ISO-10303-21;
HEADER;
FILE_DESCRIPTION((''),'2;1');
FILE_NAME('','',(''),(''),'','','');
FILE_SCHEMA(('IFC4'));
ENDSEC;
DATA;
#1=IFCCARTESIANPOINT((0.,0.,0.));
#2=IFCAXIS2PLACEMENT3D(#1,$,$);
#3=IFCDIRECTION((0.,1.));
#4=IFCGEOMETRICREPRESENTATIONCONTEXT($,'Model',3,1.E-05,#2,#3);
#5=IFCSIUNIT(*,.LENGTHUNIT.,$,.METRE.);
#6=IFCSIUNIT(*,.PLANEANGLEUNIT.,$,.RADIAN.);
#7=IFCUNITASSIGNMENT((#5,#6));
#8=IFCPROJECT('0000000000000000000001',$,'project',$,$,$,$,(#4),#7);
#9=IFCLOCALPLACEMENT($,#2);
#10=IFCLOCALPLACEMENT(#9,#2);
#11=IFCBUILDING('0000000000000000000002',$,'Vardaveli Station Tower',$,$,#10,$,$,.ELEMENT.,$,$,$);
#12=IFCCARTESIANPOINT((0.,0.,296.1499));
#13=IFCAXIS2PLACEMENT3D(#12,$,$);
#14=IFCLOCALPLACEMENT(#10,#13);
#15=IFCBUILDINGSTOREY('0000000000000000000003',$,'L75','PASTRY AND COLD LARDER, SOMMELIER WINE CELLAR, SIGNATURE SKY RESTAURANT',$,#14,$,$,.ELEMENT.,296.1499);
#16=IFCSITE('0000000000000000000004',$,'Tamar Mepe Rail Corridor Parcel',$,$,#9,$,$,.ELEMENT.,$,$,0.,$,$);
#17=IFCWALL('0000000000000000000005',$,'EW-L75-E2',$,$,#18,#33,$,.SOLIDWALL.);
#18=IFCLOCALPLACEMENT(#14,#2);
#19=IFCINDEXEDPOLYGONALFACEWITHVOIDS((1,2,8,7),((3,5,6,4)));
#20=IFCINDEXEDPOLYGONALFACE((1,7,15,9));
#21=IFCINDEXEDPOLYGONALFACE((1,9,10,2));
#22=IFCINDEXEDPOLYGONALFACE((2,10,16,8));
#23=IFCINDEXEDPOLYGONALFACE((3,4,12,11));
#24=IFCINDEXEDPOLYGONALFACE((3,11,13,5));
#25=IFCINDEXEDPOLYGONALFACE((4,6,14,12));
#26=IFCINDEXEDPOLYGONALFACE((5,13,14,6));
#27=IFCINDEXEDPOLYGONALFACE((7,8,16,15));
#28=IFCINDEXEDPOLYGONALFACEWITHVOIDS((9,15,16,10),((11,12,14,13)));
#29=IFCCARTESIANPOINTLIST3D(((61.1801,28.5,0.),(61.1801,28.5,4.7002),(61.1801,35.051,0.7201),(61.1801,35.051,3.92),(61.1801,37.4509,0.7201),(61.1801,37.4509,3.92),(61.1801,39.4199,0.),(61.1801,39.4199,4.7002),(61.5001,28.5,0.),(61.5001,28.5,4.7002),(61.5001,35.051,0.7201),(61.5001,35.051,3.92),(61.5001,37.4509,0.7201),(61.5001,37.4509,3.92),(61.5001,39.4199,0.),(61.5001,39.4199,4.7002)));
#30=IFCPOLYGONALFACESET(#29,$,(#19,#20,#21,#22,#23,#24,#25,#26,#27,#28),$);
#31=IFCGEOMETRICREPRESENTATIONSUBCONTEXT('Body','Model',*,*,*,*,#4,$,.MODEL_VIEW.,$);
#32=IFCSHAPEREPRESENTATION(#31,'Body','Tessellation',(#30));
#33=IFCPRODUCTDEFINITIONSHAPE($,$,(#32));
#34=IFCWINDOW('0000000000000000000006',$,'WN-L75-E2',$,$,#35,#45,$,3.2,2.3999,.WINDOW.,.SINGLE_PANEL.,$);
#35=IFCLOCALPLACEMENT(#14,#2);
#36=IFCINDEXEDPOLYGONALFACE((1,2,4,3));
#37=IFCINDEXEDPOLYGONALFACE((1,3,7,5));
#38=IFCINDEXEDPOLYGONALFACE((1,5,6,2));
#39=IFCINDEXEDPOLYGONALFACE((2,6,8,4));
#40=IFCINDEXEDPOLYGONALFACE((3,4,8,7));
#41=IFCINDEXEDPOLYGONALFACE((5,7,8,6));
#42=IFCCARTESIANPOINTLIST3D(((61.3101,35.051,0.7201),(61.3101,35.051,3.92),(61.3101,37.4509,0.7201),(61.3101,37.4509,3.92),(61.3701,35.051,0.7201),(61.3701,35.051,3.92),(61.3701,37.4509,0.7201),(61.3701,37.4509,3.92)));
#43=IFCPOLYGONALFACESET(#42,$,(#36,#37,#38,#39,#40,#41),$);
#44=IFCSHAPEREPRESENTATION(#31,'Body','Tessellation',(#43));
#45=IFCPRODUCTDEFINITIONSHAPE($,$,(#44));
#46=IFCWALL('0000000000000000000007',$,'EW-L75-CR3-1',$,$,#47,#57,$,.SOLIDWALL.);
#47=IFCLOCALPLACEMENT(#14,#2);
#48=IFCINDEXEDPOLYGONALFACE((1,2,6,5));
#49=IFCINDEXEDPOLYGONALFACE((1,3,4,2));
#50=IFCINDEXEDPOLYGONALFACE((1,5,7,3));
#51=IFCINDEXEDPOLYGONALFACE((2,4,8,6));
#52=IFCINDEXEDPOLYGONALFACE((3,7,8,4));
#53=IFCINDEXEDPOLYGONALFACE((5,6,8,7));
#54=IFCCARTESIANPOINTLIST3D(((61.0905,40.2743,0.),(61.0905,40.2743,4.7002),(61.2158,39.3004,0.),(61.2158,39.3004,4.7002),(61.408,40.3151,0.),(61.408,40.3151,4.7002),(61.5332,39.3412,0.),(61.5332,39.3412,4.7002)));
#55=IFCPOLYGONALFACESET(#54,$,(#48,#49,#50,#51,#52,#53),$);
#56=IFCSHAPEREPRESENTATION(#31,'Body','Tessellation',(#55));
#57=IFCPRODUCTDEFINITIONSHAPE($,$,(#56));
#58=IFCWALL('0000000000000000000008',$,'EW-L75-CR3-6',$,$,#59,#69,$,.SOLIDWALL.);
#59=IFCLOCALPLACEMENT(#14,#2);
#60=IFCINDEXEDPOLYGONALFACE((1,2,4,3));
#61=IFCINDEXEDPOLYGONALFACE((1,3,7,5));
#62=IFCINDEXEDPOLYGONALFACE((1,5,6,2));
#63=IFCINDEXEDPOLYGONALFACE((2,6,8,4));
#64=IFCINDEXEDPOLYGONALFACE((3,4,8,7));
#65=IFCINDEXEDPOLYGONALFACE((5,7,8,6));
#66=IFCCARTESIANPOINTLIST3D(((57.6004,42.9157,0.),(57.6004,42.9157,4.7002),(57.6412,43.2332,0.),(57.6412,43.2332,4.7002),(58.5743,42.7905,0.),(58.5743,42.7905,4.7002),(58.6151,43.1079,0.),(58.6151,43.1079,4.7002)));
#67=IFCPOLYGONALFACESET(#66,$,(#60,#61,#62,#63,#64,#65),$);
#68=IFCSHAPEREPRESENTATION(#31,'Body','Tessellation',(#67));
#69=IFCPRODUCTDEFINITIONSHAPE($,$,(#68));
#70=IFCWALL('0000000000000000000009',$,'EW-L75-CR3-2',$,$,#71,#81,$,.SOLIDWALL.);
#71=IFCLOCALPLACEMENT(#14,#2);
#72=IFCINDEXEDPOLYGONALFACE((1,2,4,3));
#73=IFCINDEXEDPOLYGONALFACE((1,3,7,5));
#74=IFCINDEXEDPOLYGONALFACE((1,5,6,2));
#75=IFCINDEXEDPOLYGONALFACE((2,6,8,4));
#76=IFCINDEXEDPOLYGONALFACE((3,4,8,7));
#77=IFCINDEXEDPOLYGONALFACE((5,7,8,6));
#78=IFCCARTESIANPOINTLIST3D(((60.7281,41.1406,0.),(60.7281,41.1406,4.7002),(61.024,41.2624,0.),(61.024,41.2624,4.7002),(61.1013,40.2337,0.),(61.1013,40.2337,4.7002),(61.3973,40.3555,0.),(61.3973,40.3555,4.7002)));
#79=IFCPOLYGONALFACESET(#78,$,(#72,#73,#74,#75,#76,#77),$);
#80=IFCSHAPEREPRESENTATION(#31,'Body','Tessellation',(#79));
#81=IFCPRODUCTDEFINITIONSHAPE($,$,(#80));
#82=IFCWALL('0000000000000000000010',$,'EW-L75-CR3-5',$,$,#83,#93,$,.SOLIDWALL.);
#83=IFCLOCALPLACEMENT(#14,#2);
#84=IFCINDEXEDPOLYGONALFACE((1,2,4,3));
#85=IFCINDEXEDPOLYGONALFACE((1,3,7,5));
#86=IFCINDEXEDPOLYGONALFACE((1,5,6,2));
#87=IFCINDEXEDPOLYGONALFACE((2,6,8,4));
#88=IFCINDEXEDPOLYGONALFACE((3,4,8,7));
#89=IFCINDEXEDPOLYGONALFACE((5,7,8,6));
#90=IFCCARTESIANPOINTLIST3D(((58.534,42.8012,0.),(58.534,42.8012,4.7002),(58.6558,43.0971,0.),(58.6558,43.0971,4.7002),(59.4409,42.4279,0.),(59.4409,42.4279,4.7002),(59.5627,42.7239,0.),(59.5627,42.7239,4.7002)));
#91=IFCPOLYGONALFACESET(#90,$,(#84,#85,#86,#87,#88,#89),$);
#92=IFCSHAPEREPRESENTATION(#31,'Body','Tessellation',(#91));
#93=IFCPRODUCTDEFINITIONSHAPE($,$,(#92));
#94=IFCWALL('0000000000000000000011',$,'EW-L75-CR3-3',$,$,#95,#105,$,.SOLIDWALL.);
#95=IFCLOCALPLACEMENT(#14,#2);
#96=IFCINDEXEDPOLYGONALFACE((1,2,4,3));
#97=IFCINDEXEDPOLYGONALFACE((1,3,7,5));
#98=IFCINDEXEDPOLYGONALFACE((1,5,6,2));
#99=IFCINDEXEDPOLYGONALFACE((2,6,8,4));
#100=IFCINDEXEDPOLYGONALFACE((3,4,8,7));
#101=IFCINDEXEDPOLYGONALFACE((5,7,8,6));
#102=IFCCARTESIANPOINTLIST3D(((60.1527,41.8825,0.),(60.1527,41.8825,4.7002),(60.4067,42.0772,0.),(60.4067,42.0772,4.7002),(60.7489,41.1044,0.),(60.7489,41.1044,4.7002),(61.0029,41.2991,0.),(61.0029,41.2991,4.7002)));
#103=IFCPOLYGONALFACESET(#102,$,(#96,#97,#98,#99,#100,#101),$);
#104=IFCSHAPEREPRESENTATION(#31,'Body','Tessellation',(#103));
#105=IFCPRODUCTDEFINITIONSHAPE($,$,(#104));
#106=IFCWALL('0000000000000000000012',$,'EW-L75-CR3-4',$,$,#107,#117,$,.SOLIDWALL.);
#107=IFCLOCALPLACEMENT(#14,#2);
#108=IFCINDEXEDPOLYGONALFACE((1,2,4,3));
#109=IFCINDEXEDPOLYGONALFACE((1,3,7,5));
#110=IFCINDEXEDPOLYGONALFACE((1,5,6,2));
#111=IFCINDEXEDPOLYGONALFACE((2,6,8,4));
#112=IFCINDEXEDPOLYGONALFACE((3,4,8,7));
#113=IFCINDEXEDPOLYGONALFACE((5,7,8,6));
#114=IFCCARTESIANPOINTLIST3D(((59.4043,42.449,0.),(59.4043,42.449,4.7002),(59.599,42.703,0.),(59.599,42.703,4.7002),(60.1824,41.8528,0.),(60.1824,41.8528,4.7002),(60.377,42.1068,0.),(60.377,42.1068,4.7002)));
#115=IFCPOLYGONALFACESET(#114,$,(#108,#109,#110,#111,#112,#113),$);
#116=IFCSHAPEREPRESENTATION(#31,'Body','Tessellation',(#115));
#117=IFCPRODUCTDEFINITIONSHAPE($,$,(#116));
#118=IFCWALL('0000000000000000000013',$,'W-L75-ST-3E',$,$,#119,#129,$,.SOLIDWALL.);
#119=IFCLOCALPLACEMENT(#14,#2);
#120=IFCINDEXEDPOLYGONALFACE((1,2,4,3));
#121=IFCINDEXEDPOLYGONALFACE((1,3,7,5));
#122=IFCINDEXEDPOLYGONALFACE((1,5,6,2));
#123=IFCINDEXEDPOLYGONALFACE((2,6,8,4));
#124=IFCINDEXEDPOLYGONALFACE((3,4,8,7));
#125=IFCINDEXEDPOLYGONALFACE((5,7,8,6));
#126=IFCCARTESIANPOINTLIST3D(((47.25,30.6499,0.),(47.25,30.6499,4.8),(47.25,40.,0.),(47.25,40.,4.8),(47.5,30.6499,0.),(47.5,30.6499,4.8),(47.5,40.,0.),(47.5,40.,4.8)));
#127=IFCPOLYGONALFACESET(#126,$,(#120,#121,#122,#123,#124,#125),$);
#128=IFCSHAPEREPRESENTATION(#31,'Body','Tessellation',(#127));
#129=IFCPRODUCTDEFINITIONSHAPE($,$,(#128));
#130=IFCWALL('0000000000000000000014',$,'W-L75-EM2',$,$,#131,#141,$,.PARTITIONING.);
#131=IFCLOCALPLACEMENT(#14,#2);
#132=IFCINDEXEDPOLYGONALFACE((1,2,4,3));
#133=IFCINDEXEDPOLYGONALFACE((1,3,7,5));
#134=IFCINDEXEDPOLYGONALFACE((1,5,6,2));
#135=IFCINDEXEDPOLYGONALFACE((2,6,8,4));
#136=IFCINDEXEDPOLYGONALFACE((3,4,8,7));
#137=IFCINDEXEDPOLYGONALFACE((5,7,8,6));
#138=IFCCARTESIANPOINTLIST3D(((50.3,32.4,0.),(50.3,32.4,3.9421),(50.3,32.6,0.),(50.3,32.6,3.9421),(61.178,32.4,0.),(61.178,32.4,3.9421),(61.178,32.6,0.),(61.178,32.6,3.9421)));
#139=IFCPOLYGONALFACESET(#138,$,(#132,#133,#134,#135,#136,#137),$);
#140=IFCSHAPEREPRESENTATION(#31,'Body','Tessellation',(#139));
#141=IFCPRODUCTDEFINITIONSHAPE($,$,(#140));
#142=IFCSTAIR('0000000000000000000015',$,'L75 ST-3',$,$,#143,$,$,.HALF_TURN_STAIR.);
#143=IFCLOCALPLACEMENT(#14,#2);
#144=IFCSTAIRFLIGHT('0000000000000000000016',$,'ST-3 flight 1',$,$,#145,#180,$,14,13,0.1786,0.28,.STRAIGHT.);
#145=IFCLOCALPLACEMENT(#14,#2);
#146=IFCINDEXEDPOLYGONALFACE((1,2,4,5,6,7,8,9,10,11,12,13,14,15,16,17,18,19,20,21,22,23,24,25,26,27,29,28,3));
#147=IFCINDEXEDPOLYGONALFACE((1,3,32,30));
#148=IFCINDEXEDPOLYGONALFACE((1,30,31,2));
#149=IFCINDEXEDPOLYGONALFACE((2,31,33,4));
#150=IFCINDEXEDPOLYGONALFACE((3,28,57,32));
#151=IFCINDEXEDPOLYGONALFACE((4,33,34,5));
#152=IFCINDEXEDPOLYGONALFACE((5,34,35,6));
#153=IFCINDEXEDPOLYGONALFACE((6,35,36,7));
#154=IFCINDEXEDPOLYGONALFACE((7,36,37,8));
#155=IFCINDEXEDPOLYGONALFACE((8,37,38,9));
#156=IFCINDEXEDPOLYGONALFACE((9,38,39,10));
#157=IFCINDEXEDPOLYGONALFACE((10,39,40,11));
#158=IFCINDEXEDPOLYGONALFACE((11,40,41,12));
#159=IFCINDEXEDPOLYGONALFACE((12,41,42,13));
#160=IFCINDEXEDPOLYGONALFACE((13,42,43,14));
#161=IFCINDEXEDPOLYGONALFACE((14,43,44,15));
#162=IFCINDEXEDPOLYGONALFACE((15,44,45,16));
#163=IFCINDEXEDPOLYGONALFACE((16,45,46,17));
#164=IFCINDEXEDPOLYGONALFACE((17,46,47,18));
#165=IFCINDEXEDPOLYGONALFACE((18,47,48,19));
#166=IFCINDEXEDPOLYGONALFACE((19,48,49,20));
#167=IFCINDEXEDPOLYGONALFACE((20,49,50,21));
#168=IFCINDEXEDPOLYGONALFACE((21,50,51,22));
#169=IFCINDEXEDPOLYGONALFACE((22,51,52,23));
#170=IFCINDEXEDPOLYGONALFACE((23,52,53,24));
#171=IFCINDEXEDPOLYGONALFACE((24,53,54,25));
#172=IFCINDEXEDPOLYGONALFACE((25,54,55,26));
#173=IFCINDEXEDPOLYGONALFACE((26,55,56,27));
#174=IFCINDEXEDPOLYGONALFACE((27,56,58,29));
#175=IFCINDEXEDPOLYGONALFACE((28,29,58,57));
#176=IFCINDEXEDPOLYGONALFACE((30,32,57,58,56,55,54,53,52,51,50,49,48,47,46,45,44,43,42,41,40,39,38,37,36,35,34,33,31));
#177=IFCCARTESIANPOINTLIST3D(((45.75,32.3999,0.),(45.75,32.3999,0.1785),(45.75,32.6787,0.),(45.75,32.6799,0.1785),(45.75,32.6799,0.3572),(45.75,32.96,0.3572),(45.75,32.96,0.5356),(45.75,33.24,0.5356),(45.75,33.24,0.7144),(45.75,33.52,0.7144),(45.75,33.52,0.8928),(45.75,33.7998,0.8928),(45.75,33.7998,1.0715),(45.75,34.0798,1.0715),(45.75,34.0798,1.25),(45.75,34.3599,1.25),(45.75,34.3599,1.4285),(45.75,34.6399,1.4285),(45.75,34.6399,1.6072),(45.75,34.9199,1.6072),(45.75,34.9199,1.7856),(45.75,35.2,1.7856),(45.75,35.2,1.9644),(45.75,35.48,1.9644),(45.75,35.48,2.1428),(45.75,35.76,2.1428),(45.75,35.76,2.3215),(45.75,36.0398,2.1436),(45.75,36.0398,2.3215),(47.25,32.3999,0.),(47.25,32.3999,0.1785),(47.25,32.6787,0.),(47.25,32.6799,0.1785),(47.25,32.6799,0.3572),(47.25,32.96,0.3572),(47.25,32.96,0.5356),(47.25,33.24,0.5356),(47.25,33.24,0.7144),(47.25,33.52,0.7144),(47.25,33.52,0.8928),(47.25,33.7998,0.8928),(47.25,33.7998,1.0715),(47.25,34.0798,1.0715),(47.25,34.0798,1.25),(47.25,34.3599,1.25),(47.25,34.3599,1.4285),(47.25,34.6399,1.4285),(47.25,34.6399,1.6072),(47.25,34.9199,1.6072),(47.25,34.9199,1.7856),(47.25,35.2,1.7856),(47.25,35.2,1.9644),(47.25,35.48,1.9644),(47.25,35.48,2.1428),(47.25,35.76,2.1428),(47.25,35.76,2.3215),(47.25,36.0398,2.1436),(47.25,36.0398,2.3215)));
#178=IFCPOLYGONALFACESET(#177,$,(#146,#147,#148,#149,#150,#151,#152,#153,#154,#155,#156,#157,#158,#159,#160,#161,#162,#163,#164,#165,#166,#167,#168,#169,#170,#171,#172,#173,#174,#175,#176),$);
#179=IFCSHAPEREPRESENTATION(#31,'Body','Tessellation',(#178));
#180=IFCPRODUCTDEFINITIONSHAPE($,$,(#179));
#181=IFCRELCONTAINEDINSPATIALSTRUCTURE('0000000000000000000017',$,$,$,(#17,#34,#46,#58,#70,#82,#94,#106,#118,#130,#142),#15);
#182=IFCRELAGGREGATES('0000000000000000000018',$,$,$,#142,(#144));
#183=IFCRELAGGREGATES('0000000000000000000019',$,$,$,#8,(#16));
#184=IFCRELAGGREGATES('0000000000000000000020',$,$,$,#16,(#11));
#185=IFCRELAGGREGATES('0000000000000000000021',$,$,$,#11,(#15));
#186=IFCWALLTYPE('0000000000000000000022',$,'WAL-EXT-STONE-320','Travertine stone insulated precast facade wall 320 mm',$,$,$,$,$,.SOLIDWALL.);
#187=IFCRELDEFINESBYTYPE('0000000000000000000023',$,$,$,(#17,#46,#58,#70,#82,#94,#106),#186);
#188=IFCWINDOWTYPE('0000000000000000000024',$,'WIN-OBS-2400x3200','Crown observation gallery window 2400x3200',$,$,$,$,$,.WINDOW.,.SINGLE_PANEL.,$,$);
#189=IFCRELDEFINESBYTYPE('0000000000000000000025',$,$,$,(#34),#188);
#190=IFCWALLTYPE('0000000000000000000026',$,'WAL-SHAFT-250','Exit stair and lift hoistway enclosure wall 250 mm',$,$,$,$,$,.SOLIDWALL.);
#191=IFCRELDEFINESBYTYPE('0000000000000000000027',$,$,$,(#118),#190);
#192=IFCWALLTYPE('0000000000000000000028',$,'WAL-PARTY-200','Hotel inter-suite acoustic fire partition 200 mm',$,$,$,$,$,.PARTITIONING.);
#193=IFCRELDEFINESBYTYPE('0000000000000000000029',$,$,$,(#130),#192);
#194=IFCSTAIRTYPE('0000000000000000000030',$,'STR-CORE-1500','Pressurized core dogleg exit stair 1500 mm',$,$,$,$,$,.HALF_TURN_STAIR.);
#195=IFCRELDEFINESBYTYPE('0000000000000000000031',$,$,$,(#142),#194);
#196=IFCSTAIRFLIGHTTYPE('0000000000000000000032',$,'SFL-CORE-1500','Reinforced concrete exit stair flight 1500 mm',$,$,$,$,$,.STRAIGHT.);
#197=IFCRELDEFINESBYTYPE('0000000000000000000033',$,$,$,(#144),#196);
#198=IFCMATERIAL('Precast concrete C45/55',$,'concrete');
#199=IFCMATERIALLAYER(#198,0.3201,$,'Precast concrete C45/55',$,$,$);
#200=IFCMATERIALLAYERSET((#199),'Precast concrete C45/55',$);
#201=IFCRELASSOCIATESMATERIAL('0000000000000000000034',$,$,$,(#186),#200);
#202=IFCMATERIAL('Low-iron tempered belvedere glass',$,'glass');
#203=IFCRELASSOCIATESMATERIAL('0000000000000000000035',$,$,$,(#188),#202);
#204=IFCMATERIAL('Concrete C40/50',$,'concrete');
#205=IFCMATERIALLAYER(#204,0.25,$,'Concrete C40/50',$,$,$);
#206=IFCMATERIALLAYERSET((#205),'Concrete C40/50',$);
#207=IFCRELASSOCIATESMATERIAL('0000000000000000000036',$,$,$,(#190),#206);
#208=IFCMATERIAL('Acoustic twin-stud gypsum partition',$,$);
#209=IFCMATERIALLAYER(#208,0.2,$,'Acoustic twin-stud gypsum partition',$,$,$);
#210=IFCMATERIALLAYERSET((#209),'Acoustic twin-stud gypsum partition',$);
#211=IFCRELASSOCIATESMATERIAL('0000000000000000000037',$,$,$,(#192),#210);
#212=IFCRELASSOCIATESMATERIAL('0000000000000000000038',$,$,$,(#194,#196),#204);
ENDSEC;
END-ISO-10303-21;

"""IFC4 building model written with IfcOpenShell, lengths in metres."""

from ifc_helpers import new_model, si_unit, direction, frame, frame_2d, origin, place, context, subcontext, project, spatial, polyline, rectangle, outline, extrude, source, transform, mapped, material, layer, layer_set, type_object, element, fill, aggregate, save


model = new_model("IFC4")

# Units and contexts
model_context = context("Model", 3, precision=1e-05, world=origin(), true_north=direction((0.0, 1.0)))
body_context = subcontext(model_context, "Body", "Model", "MODEL_VIEW")
ifc_project = project(units=[si_unit("LENGTHUNIT", "METRE"), si_unit("PLANEANGLEUNIT", "RADIAN")], contexts=[model_context])

# Site, building, storey
site_placement = place(None, origin())
site = spatial("IfcSite", under=ifc_project, at=site_placement, Name="Tamar Mepe Rail Corridor Parcel", CompositionType="ELEMENT", RefElevation=0.0)
building_placement = place(site_placement, origin())
building = spatial("IfcBuilding", under=site, at=building_placement, Name="Vardaveli Station Tower", CompositionType="ELEMENT")
storey_placement = place(building_placement, frame((0.0, 0.0, 296.1499)))
storey = spatial("IfcBuildingStorey", under=building, at=storey_placement, Name="L75", Description="PASTRY AND COLD LARDER, SOMMELIER WINE CELLAR, SIGNATURE SKY RESTAURANT", CompositionType="ELEMENT", Elevation=296.1499)

# Shared definitions
ifc_material_1 = material(Name="Precast concrete C45/55", Category="concrete")

# Wall, opening, window
ifc_layer_1 = layer(ifc_material_1, 0.3201, Name="Precast concrete C45/55")
ifc_layer_set_1 = layer_set([ifc_layer_1], Name="Precast concrete C45/55")
wall_type_1 = type_object("IfcWallType", Name="WAL-EXT-STONE-320", Description="Travertine stone insulated precast facade wall 320 mm", PredefinedType="SOLIDWALL", material=ifc_layer_set_1)
shared_shape_1 = source(origin(), body_context, "Body", "SweptSolid", [
    extrude(rectangle(XDim=10.9199, YDim=0.3201, at=frame_2d((5.46, 0.0))), origin(), (0.0, 0.0, 1.0), 4.7002),
])
shared_shape_2 = source(origin(), body_context, "Body", "SweptSolid", [
    extrude(rectangle(XDim=2.3999, YDim=3.2, at=frame_2d((1.2, 1.6001))), frame((0.0, 0.1699, 0.0), z_axis=(0.0, -1.0, 0.0), x_axis=(1.0, 0.0, 0.0)), (0.0, 0.0, 1.0), 0.3401),
])
ifc_material_2 = material(Name="Low-iron tempered belvedere glass", Category="glass")
window_type = type_object("IfcWindowType", Name="WIN-OBS-2400x3200", Description="Crown observation gallery window 2400x3200", PartitioningType="SINGLE_PANEL", PredefinedType="WINDOW", material=ifc_material_2)
shared_shape_3 = source(origin(), body_context, "Body", "SweptSolid", [
    extrude(rectangle(XDim=2.3999, YDim=3.2, at=frame_2d((1.2, 1.6001))), frame((0.0, 0.03, 0.0), z_axis=(0.0, -1.0, 0.0), x_axis=(1.0, 0.0, 0.0)), (0.0, 0.0, 1.0), 0.0601),
])
wall_1_placement = place(storey_placement, frame((61.3401, 28.5, 0.0), z_axis=(0.0, 0.0, 1.0), x_axis=(0.0, 1.0, 0.0)))
wall_1 = element("IfcWall", 1, at=wall_1_placement, inside=storey, type_object=wall_type_1, Name="EW-L75-E2", PredefinedType="SOLIDWALL", context=body_context, shape_type="MappedRepresentation", body=[
    mapped(shared_shape_1, transform((0.0, 0.0, 0.0), scale=1.0)),
])
opening_1_placement = place(wall_1_placement, frame((6.551, 0.0, 0.72)))
opening_1 = element("IfcOpeningElement", 2, at=opening_1_placement, cuts=wall_1, PredefinedType="OPENING", context=body_context, shape_type="MappedRepresentation", body=[
    mapped(shared_shape_2, transform((0.0, 0.0, 0.0), scale=1.0)),
])
window_1_placement = place(opening_1_placement, origin())
window_1 = element("IfcWindow", 3, at=window_1_placement, inside=storey, type_object=window_type, Name="WN-L75-E2", OverallHeight=3.2, OverallWidth=2.3999, PartitioningType="SINGLE_PANEL", PredefinedType="WINDOW", context=body_context, shape_type="MappedRepresentation", body=[
    mapped(shared_shape_3, transform((0.0, 0.0, 0.0), scale=1.0)),
])
fill(opening_1, window_1)

# Walls
shared_shape_4 = source(origin(), body_context, "Body", "SweptSolid", [
    extrude(rectangle(XDim=0.9819, YDim=0.3201, at=frame_2d((0.491, 0.0))), origin(), (0.0, 0.0, 1.0), 4.7002),
])
for number, where, z_axis, x_axis, name in (
    (4, (61.3745, 39.3208, 0.0), (0.0, 0.0, 1.0), (-0.127553, 0.991832, 0.0), "EW-L75-CR3-1"),
    (5, (58.5947, 42.9492, 0.0), (0.0, 0.0, 1.0), (-0.991832, 0.127553, 0.0), "EW-L75-CR3-6"),
):
    element("IfcWall", number, at=place(storey_placement, frame(where, z_axis=z_axis, x_axis=x_axis)), inside=storey, type_object=wall_type_1, Name=name, PredefinedType="SOLIDWALL", context=body_context, shape_type="MappedRepresentation", body=[
        mapped(shared_shape_4, transform((0.0, 0.0, 0.0), scale=1.0)),
    ])
shared_shape_5 = source(origin(), body_context, "Body", "SweptSolid", [
    extrude(rectangle(XDim=0.9807, YDim=0.3201, at=frame_2d((0.4902, 0.0))), origin(), (0.0, 0.0, 1.0), 4.7002),
])
for number, where, z_axis, x_axis, name in (
    (6, (61.2493, 40.2947, 0.0), (0.0, 0.0, 1.0), (-0.3806, 0.92474, 0.0), "EW-L75-CR3-2"),
    (7, (59.5017, 42.5759, 0.0), (0.0, 0.0, 1.0), (-0.92474, 0.3806, 0.0), "EW-L75-CR3-5"),
):
    element("IfcWall", number, at=place(storey_placement, frame(where, z_axis=z_axis, x_axis=x_axis)), inside=storey, type_object=wall_type_1, Name=name, PredefinedType="SOLIDWALL", context=body_context, shape_type="MappedRepresentation", body=[
        mapped(shared_shape_5, transform((0.0, 0.0, 0.0), scale=1.0)),
    ])
shared_shape_6 = source(origin(), body_context, "Body", "SweptSolid", [
    extrude(rectangle(XDim=0.9802, YDim=0.3201, at=frame_2d((0.4902, 0.0))), origin(), (0.0, 0.0, 1.0), 4.7002),
])
for number, where, z_axis, x_axis, name in (
    (8, (60.876, 41.2017, 0.0), (0.0, 0.0, 1.0), (-0.608217, 0.793771, 0.0), "EW-L75-CR3-3"),
    (9, (60.2798, 41.9797, 0.0), (0.0, 0.0, 1.0), (-0.793771, 0.608217, 0.0), "EW-L75-CR3-4"),
):
    element("IfcWall", number, at=place(storey_placement, frame(where, z_axis=z_axis, x_axis=x_axis)), inside=storey, type_object=wall_type_1, Name=name, PredefinedType="SOLIDWALL", context=body_context, shape_type="MappedRepresentation", body=[
        mapped(shared_shape_6, transform((0.0, 0.0, 0.0), scale=1.0)),
    ])
ifc_material_3 = material(Name="Concrete C40/50", Category="concrete")
ifc_layer_2 = layer(ifc_material_3, 0.25, Name="Concrete C40/50")
ifc_layer_set_2 = layer_set([ifc_layer_2], Name="Concrete C40/50")
wall_type_2 = type_object("IfcWallType", Name="WAL-SHAFT-250", Description="Exit stair and lift hoistway enclosure wall 250 mm", PredefinedType="SOLIDWALL", material=ifc_layer_set_2)
shared_shape_7 = source(origin(), body_context, "Body", "SweptSolid", [
    extrude(rectangle(XDim=9.3501, YDim=0.25, at=frame_2d((4.675, 0.0))), origin(), (0.0, 0.0, 1.0), 4.8),
])
wall_2_placement = place(storey_placement, frame((47.375, 30.6499, 0.0), z_axis=(0.0, 0.0, 1.0), x_axis=(0.0, 1.0, 0.0)))
element("IfcWall", 10, at=wall_2_placement, inside=storey, type_object=wall_type_2, Name="W-L75-ST-3E", PredefinedType="SOLIDWALL", context=body_context, shape_type="MappedRepresentation", body=[
    mapped(shared_shape_7, transform((0.0, 0.0, 0.0), scale=1.0)),
])
ifc_material_4 = material(Name="Acoustic twin-stud gypsum partition")
ifc_layer_3 = layer(ifc_material_4, 0.2, Name="Acoustic twin-stud gypsum partition")
ifc_layer_set_3 = layer_set([ifc_layer_3], Name="Acoustic twin-stud gypsum partition")
wall_type_3 = type_object("IfcWallType", Name="WAL-PARTY-200", Description="Hotel inter-suite acoustic fire partition 200 mm", PredefinedType="PARTITIONING", material=ifc_layer_set_3)
shared_shape_8 = source(origin(), body_context, "Body", "SweptSolid", [
    extrude(rectangle(XDim=10.8779, YDim=0.2, at=frame_2d((5.439, 0.0))), origin(), (0.0, 0.0, 1.0), 3.9421),
])
wall_3_placement = place(storey_placement, frame((50.3, 32.5, 0.0), z_axis=(0.0, 0.0, 1.0), x_axis=(1.0, 0.0, 0.0)))
element("IfcWall", 11, at=wall_3_placement, inside=storey, type_object=wall_type_3, Name="W-L75-EM2", PredefinedType="PARTITIONING", context=body_context, shape_type="MappedRepresentation", body=[
    mapped(shared_shape_8, transform((0.0, 0.0, 0.0), scale=1.0)),
])

# Stair, stair flight
stair_type = type_object("IfcStairType", Name="STR-CORE-1500", Description="Pressurized core dogleg exit stair 1500 mm", PredefinedType="HALF_TURN_STAIR", material=ifc_material_3)
stair_placement = place(storey_placement, origin())
stair = element("IfcStair", 12, at=stair_placement, inside=storey, type_object=stair_type, Name="L75 ST-3", PredefinedType="HALF_TURN_STAIR")
stair_flight_type = type_object("IfcStairFlightType", Name="SFL-CORE-1500", Description="Reinforced concrete exit stair flight 1500 mm", PredefinedType="STRAIGHT", material=ifc_material_3)
shared_shape_9 = source(origin(), body_context, "Body", "SweptSolid", [
    extrude(outline(polyline([(0.0, 0.0), (0.0, 0.1785), (0.28, 0.1785), (0.28, 0.3572), (0.5601, 0.3572), (0.5601, 0.5356), (0.8401, 0.5356), (0.8401, 0.7144), (1.1201, 0.7144), (1.1201, 0.8928), (1.3999, 0.8928), (1.3999, 1.0715), (1.6799, 1.0715), (1.6799, 1.25), (1.96, 1.25), (1.96, 1.4285), (2.24, 1.4285), (2.24, 1.6072), (2.52, 1.6072), (2.52, 1.7856), (2.8, 1.7856), (2.8, 1.9644), (3.0801, 1.9644), (3.0801, 2.1428), (3.3601, 2.1428), (3.3601, 2.3215), (3.6399, 2.3215), (3.6399, 2.5), (3.6399, 2.1436), (0.2788, 0.0), (0.0, 0.0)])), frame((0.0, 0.75, 0.0), z_axis=(0.0, -1.0, 0.0), x_axis=(1.0, 0.0, 0.0)), (0.0, 0.0, 1.0), 1.5),
])
stair_flight_placement = place(storey_placement, frame((46.5, 32.3999, 0.0), z_axis=(0.0, 0.0, 1.0), x_axis=(0.0, 1.0, 0.0)))
stair_flight = element("IfcStairFlight", 13, at=stair_flight_placement, type_object=stair_flight_type, Name="ST-3 flight 1", NumberOfRisers=14, NumberOfTreads=13, PredefinedType="STRAIGHT", RiserHeight=0.1786, TreadLength=0.28, context=body_context, shape_type="MappedRepresentation", body=[
    mapped(shared_shape_9, transform((0.0, 0.0, 0.0), scale=1.0)),
])
aggregate(stair, [stair_flight])

save(model, "model.ifc")
